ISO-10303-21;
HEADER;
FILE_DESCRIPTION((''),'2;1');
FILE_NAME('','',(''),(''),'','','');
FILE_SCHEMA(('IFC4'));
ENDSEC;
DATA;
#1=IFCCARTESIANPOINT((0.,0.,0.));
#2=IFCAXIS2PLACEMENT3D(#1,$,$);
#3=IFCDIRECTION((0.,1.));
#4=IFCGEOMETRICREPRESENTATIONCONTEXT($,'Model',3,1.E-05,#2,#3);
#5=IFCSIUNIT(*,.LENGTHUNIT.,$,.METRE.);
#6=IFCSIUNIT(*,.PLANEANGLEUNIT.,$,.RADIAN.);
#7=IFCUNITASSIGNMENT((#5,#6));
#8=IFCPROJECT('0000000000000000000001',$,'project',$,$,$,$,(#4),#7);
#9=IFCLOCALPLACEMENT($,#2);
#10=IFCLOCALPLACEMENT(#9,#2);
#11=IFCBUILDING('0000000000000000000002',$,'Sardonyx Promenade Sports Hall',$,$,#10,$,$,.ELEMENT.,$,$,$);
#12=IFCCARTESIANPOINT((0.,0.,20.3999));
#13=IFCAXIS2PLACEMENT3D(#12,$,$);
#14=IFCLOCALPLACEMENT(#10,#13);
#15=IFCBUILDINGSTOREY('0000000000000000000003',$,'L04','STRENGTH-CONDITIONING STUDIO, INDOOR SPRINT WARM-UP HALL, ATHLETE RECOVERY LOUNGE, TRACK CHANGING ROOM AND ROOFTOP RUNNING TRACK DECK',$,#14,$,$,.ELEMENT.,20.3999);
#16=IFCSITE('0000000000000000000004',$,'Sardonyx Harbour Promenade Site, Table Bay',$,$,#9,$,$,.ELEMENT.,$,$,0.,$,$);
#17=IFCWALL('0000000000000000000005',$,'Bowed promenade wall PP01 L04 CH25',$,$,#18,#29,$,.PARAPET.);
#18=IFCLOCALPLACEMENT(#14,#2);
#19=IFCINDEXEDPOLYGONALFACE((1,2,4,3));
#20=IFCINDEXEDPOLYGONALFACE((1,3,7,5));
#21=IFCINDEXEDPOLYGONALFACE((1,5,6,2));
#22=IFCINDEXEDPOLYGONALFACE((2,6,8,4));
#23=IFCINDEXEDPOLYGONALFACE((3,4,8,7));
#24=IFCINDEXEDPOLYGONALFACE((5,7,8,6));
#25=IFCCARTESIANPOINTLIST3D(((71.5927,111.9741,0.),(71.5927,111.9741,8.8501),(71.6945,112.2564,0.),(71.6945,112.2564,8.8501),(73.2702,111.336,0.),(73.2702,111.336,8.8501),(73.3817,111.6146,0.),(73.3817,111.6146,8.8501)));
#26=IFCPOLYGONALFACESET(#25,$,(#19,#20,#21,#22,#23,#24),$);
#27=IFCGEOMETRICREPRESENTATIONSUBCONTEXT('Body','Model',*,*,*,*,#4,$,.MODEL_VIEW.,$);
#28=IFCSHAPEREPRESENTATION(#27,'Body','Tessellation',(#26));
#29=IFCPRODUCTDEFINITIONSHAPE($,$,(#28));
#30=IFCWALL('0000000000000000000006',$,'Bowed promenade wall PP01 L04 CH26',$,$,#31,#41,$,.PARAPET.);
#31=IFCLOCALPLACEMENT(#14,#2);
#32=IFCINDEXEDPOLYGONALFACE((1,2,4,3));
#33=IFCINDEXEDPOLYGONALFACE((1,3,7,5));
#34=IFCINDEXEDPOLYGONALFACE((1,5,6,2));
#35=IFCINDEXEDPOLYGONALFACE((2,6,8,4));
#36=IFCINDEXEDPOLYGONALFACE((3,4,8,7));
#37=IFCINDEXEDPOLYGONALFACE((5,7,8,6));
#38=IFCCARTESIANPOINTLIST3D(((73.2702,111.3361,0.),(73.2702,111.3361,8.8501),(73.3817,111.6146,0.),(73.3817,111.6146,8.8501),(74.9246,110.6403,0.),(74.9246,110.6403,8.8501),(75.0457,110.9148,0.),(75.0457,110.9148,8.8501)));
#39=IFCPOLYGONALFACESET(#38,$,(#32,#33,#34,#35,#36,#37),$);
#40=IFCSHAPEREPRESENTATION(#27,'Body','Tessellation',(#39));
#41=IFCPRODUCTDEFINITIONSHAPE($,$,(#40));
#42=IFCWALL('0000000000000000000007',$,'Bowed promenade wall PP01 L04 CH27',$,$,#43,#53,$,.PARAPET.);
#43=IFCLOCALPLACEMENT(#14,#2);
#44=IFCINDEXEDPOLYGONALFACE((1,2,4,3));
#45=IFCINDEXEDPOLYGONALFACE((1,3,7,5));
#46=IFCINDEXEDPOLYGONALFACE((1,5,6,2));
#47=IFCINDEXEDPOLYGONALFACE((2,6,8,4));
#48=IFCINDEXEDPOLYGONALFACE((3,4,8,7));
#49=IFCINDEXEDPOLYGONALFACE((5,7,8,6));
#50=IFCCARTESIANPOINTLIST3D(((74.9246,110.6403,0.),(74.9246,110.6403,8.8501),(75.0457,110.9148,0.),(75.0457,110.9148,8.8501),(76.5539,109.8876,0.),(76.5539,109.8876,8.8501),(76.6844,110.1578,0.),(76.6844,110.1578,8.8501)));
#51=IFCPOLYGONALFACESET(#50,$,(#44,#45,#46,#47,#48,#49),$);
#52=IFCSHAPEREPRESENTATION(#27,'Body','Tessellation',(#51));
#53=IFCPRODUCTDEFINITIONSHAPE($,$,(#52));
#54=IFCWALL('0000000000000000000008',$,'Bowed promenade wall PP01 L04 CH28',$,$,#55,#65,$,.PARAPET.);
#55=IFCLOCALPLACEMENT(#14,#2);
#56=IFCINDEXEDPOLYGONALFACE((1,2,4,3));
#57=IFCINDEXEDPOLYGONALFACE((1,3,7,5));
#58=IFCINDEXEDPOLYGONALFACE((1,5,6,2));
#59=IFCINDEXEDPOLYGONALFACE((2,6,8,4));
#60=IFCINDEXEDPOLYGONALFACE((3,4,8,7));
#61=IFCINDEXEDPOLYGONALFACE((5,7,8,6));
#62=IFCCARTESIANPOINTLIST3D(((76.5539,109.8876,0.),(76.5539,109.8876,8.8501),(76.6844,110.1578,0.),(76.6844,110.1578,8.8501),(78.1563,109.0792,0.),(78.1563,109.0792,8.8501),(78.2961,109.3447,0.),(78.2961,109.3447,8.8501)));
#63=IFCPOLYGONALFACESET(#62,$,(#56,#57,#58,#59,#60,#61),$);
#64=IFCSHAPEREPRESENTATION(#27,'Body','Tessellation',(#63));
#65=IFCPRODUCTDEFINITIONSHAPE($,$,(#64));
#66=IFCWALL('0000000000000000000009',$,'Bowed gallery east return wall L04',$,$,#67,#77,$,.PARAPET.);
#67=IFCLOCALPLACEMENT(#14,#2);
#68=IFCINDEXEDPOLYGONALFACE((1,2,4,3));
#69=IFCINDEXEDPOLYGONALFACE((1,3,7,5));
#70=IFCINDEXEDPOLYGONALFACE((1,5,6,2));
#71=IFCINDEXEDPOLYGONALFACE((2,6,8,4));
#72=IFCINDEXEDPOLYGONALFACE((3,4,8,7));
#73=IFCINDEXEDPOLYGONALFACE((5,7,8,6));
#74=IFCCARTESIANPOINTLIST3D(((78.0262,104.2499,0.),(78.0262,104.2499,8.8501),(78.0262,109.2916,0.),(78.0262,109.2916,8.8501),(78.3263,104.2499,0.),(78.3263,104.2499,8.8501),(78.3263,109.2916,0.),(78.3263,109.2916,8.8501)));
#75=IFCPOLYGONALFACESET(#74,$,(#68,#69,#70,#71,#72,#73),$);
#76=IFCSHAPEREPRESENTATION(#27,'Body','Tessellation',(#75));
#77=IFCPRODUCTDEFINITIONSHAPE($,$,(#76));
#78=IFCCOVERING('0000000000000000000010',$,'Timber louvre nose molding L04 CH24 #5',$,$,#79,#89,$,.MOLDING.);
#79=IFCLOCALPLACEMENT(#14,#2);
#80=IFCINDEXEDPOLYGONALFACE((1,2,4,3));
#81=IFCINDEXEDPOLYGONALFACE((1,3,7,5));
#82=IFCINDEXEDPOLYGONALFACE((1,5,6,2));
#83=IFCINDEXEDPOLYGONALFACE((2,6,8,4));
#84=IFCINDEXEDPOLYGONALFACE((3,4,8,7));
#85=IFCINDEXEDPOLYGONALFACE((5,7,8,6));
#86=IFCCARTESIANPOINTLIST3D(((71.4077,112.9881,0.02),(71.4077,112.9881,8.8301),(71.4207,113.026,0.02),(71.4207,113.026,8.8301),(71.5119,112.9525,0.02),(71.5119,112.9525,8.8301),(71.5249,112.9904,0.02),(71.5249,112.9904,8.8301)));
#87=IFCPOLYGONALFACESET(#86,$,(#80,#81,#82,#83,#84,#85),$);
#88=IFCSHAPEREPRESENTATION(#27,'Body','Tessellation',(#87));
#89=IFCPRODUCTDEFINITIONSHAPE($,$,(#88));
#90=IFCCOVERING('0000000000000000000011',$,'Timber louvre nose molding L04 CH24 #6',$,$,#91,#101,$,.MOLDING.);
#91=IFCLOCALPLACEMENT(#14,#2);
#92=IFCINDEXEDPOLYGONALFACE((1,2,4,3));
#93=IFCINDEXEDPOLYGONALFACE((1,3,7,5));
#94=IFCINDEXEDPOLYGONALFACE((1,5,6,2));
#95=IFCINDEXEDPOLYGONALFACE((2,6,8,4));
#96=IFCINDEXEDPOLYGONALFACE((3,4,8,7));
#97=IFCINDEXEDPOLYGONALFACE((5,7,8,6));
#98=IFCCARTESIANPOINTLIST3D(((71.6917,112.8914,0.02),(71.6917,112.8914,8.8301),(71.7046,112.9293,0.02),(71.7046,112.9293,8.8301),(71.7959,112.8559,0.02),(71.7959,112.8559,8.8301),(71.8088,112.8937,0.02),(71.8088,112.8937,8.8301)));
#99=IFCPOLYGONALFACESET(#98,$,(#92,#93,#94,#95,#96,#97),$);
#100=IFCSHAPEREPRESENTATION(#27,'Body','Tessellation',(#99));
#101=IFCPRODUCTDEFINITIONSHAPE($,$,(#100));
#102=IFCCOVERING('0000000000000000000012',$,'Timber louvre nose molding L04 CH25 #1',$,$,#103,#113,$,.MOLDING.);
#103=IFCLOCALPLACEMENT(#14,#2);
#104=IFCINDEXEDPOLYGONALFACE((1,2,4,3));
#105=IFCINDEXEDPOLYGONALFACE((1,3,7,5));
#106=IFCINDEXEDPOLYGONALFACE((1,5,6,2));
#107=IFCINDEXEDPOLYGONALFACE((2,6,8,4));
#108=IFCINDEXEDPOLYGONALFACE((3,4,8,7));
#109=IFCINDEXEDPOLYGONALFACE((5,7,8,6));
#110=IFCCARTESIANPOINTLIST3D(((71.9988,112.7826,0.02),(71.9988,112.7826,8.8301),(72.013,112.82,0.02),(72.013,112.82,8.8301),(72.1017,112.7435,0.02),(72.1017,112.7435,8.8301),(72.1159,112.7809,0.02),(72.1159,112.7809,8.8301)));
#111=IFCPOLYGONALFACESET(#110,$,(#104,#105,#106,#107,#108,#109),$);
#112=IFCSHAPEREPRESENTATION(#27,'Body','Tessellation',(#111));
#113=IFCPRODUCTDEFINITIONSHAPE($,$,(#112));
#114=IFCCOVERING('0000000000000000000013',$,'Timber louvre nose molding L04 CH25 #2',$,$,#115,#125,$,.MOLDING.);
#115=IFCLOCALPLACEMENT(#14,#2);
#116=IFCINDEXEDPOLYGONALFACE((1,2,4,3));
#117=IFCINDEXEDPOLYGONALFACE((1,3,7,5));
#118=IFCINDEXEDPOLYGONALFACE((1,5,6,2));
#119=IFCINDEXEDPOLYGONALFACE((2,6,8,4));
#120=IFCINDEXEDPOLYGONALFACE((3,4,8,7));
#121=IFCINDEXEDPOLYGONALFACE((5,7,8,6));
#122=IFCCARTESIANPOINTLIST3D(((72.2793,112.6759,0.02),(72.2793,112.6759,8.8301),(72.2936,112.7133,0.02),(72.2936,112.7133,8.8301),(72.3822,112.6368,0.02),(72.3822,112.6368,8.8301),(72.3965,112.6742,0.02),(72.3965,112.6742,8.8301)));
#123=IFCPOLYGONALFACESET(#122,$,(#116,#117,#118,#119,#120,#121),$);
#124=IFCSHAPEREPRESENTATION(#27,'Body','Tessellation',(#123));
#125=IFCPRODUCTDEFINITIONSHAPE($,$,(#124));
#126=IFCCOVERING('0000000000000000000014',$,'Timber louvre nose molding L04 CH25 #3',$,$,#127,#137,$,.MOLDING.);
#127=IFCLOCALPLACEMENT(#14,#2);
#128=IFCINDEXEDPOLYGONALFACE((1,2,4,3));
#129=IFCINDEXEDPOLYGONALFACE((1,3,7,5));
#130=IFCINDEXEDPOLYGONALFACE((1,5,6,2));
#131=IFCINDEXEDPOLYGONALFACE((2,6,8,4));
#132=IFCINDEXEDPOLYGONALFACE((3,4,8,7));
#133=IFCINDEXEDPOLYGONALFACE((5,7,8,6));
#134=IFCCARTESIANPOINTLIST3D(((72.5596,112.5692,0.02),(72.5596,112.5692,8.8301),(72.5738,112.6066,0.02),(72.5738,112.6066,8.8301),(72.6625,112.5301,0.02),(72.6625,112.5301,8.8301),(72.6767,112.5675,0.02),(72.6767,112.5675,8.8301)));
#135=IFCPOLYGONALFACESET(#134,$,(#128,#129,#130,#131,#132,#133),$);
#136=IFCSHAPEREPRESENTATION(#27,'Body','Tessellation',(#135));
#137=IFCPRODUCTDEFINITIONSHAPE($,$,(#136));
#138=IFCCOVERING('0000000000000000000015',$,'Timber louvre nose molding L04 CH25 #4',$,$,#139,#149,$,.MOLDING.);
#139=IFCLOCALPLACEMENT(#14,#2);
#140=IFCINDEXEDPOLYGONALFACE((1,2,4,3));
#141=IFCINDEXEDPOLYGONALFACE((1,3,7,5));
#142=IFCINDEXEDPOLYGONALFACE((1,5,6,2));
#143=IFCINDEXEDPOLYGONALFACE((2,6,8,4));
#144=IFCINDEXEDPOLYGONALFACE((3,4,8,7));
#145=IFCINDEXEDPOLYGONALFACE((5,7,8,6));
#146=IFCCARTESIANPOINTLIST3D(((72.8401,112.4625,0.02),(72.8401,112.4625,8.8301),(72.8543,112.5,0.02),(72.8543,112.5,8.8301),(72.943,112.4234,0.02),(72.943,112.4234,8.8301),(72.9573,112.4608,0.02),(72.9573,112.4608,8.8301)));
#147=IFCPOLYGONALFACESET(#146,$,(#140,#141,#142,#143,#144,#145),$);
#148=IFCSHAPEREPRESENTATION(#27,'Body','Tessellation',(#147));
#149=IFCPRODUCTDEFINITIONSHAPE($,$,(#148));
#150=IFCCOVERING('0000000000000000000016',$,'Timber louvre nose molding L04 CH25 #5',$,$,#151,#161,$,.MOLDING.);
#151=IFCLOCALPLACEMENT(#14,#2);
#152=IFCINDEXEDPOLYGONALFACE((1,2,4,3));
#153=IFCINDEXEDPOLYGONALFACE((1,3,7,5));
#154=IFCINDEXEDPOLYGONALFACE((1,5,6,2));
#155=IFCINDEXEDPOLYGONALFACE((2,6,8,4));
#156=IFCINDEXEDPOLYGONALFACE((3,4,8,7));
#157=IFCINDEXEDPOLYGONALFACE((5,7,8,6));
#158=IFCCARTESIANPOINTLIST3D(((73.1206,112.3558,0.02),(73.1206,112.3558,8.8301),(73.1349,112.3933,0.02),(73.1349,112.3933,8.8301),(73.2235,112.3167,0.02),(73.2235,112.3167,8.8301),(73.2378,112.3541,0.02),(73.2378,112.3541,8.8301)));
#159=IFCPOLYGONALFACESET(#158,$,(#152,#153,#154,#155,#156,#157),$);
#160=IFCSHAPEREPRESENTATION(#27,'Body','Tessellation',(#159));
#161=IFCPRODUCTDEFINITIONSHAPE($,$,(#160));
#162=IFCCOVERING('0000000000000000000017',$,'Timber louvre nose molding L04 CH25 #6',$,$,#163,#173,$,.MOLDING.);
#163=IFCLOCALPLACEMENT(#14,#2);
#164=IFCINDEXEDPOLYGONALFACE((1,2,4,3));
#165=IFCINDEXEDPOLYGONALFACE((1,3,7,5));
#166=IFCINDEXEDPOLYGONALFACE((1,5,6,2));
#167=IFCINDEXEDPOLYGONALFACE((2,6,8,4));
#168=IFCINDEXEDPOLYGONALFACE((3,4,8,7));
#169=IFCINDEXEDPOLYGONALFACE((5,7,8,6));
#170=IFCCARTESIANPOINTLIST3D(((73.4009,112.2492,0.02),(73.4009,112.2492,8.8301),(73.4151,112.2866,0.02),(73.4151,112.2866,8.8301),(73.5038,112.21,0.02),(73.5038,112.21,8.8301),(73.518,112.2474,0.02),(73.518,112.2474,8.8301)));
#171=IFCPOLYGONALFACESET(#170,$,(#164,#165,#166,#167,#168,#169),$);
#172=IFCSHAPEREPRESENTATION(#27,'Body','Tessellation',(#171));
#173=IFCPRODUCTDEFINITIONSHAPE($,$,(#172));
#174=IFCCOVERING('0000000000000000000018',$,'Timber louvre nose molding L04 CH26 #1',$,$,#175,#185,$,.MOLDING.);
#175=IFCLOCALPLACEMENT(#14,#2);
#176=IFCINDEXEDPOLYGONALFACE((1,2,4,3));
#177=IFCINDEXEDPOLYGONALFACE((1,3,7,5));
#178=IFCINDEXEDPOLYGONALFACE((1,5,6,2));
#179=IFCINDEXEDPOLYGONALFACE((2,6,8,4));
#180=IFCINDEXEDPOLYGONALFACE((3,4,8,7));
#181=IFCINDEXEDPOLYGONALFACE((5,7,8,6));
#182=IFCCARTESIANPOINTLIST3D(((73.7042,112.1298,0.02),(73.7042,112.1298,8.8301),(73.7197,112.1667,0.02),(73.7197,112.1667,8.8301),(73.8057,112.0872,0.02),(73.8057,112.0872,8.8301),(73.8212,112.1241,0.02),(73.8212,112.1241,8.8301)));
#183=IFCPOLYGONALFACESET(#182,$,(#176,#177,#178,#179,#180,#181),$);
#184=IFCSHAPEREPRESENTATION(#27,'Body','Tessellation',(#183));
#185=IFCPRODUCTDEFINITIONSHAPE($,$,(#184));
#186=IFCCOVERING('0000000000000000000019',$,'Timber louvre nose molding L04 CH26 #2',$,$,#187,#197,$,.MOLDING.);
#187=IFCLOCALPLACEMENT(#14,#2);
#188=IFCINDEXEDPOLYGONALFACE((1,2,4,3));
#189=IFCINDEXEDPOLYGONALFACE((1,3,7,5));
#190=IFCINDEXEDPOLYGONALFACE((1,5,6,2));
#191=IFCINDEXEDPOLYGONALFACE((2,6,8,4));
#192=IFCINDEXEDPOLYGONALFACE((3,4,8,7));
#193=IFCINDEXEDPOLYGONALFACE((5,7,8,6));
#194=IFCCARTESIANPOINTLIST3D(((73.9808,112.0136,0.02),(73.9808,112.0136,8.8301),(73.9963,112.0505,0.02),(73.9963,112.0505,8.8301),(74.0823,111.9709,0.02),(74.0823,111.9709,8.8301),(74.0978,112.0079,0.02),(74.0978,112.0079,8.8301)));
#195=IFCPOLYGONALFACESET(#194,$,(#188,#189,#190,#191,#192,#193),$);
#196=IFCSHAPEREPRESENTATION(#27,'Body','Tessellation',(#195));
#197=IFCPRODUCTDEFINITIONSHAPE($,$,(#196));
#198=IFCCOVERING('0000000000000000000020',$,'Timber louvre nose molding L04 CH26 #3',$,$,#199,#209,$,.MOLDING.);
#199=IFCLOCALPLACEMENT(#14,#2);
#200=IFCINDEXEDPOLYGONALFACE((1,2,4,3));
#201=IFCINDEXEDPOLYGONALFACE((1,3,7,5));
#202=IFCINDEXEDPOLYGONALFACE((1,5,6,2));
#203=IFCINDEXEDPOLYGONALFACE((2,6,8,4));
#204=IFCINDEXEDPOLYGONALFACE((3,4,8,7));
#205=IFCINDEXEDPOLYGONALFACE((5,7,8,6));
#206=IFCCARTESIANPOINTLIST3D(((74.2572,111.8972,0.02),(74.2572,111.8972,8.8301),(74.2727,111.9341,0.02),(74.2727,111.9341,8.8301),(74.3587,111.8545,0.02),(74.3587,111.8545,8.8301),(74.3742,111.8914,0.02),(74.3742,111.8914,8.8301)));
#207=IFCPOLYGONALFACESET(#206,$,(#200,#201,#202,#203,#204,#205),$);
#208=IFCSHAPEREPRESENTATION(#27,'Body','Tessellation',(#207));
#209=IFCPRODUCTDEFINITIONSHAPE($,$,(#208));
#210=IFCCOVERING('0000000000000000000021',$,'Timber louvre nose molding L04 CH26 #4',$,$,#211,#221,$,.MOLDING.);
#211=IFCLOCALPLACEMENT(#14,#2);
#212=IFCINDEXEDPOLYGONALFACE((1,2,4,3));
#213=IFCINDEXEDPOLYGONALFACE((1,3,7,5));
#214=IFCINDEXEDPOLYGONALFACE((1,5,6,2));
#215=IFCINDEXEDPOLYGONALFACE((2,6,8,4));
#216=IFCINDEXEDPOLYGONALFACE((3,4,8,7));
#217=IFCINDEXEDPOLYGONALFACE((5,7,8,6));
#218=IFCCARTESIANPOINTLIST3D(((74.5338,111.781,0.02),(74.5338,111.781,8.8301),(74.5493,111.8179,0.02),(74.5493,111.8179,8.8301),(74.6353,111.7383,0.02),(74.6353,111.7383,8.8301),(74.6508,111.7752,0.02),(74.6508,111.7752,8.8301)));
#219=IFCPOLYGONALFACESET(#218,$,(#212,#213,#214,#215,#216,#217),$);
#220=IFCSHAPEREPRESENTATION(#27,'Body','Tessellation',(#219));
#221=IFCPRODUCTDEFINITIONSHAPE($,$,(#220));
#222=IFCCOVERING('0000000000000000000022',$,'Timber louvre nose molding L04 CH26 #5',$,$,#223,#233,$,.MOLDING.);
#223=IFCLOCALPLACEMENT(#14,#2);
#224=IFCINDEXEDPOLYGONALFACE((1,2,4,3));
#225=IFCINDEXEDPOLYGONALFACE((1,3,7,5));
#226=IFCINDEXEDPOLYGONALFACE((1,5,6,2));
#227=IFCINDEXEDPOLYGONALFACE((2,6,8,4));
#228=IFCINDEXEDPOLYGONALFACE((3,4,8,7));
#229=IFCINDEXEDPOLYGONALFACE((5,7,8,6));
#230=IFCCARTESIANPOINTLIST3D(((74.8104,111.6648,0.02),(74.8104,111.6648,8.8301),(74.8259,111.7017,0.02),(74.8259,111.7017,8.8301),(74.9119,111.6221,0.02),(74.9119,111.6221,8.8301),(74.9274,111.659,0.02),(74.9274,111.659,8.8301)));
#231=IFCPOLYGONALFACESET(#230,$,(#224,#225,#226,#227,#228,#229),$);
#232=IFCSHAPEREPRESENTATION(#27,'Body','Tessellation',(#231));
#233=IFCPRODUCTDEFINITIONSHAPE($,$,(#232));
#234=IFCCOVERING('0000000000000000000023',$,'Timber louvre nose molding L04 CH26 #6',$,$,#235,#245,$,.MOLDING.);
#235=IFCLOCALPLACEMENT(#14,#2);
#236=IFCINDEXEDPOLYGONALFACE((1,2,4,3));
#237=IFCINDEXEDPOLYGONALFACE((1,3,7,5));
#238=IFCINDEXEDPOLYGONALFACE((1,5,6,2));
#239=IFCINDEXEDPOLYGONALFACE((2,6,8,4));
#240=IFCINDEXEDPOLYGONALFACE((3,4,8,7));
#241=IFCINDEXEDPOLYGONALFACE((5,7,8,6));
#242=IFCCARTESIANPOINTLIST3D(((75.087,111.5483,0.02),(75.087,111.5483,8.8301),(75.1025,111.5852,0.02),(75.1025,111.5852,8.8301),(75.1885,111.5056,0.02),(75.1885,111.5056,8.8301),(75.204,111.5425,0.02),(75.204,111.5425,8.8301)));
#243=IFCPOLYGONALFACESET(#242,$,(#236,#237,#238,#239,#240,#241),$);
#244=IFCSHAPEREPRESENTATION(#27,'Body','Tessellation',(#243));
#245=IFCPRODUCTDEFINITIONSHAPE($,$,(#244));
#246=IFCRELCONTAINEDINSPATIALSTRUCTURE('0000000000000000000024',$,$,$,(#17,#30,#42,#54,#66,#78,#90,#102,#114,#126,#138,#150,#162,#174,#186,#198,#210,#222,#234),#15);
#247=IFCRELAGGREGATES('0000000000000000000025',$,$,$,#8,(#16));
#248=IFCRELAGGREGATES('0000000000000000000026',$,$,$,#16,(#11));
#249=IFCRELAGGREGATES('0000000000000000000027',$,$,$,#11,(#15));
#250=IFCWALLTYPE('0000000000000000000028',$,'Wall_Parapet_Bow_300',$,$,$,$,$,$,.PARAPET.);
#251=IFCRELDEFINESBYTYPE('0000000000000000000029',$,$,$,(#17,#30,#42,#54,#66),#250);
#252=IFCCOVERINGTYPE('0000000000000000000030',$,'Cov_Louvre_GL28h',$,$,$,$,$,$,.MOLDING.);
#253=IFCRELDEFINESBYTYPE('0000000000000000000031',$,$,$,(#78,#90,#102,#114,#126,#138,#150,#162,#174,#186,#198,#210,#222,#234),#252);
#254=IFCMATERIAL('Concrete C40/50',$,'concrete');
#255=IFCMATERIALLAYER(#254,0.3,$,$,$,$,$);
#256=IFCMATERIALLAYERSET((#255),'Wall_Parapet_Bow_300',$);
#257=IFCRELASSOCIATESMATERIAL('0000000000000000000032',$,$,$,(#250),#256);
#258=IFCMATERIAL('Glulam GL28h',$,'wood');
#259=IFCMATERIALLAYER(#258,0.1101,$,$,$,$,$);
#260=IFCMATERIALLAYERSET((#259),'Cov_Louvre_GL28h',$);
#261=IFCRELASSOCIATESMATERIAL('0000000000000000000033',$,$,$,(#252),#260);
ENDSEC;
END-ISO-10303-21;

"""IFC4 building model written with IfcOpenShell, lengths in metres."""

from ifc_helpers import new_model, si_unit, direction, frame, frame_2d, origin, origin_2d, place, context, subcontext, project, spatial, polyline, rectangle, outline, extrude, material, layer, layer_set, type_object, element, save


model = new_model("IFC4")

# Units and contexts
model_context = context("Model", 3, precision=1e-05, world=origin(), true_north=direction((0.0, 1.0)))
body_context = subcontext(model_context, "Body", "Model", "MODEL_VIEW")
ifc_project = project(units=[si_unit("LENGTHUNIT", "METRE"), si_unit("PLANEANGLEUNIT", "RADIAN")], contexts=[model_context])

# Site, building, storey
site_placement = place(None, origin())
site = spatial("IfcSite", under=ifc_project, at=site_placement, Name="Sardonyx Harbour Promenade Site, Table Bay", CompositionType="ELEMENT", RefElevation=0.0)
building_placement = place(site_placement, origin())
building = spatial("IfcBuilding", under=site, at=building_placement, Name="Sardonyx Promenade Sports Hall", CompositionType="ELEMENT")
storey_placement = place(building_placement, frame((0.0, 0.0, 20.3999)))
storey = spatial("IfcBuildingStorey", under=building, at=storey_placement, Name="L04", Description="STRENGTH-CONDITIONING STUDIO, INDOOR SPRINT WARM-UP HALL, ATHLETE RECOVERY LOUNGE, TRACK CHANGING ROOM AND ROOFTOP RUNNING TRACK DECK", CompositionType="ELEMENT", Elevation=20.3999)

# Walls
ifc_material_1 = material(Name="Concrete C40/50", Category="concrete")
ifc_layer_1 = layer(ifc_material_1, 0.3)
ifc_layer_set_1 = layer_set([ifc_layer_1], Name="Wall_Parapet_Bow_300")
wall_type = type_object("IfcWallType", Name="Wall_Parapet_Bow_300", PredefinedType="PARAPET", material=ifc_layer_set_1)
for number, where, z_axis, x_axis, name in (
    (1, (71.6436, 112.1152, 0.0), (0.0, 0.0, 1.0), (0.934675, -0.355505, 0.0), "Bowed promenade wall PP01 L04 CH25"),
    (2, (73.3259, 111.4753, 0.0), (0.0, 0.0, 1.0), (0.921804, -0.387657, 0.0), "Bowed promenade wall PP01 L04 CH26"),
    (3, (74.9851, 110.7776, 0.0), (0.0, 0.0, 1.0), (0.907808, -0.419385, 0.0), "Bowed promenade wall PP01 L04 CH27"),
):
    element("IfcWall", number, at=place(storey_placement, frame(where, z_axis=z_axis, x_axis=x_axis)), inside=storey, type_object=wall_type, Name=name, PredefinedType="PARAPET", context=body_context, shape_type="SweptSolid", body=[
        extrude(outline(polyline([(0.0026, -0.15), (1.7974, -0.15), (1.8026, 0.15), (-0.0026, 0.15), (0.0026, -0.15)])), origin(), (0.0, 0.0, 1.0), 8.8501),
    ])
wall_1_placement = place(storey_placement, frame((76.6191, 110.0227, 0.0), z_axis=(0.0, 0.0, 1.0), x_axis=(0.892821, -0.450411, 0.0)))
element("IfcWall", 4, at=wall_1_placement, inside=storey, type_object=wall_type, Name="Bowed promenade wall PP01 L04 CH28", PredefinedType="PARAPET", context=body_context, shape_type="SweptSolid", body=[
    extrude(outline(polyline([(0.0026, -0.15), (1.7974, -0.15), (1.8026, 0.15), (-0.0026, 0.15), (0.0026, -0.15)])), origin(), (0.0, 0.0, 1.0), 8.8501),
])
wall_2_placement = place(storey_placement, frame((78.1763, 109.2917, 0.0), z_axis=(0.0, 0.0, 1.0), x_axis=(0.0, -1.0, 0.0)))
element("IfcWall", 5, at=wall_2_placement, inside=storey, type_object=wall_type, Name="Bowed gallery east return wall L04", PredefinedType="PARAPET", context=body_context, shape_type="SweptSolid", body=[
    extrude(rectangle(XDim=5.0417, YDim=0.3, at=frame_2d((2.521, 0.0))), origin(), (0.0, 0.0, 1.0), 8.8501),
])

# Coverings
ifc_material_2 = material(Name="Glulam GL28h", Category="wood")
ifc_layer_2 = layer(ifc_material_2, 0.1101)
ifc_layer_set_2 = layer_set([ifc_layer_2], Name="Cov_Louvre_GL28h")
covering_type = type_object("IfcCoveringType", Name="Cov_Louvre_GL28h", PredefinedType="MOLDING", material=ifc_layer_set_2)
for number, where, z_axis, x_axis, name in (
    (6, (71.4663, 112.9893, 0.02), (0.0, 0.0, 1.0), (0.946411, -0.322966, 0.0), "Timber louvre nose molding L04 CH24 #5"),
    (7, (71.7502, 112.8926, 0.02), (0.0, 0.0, 1.0), (0.946411, -0.322966, 0.0), "Timber louvre nose molding L04 CH24 #6"),
    (8, (72.0574, 112.7817, 0.02), (0.0, 0.0, 1.0), (0.934666, -0.355528, 0.0), "Timber louvre nose molding L04 CH25 #1"),
    (9, (72.3379, 112.675, 0.02), (0.0, 0.0, 1.0), (0.934666, -0.355528, 0.0), "Timber louvre nose molding L04 CH25 #2"),
    (10, (72.6182, 112.5684, 0.02), (0.0, 0.0, 1.0), (0.934666, -0.355528, 0.0), "Timber louvre nose molding L04 CH25 #3"),
    (11, (72.8987, 112.4617, 0.02), (0.0, 0.0, 1.0), (0.934666, -0.355528, 0.0), "Timber louvre nose molding L04 CH25 #4"),
    (12, (73.1792, 112.355, 0.02), (0.0, 0.0, 1.0), (0.934666, -0.355528, 0.0), "Timber louvre nose molding L04 CH25 #5"),
    (13, (73.4595, 112.2483, 0.02), (0.0, 0.0, 1.0), (0.934666, -0.355528, 0.0), "Timber louvre nose molding L04 CH25 #6"),
    (14, (73.7627, 112.127, 0.02), (0.0, 0.0, 1.0), (0.9218, -0.387665, 0.0), "Timber louvre nose molding L04 CH26 #1"),
    (15, (74.0393, 112.0107, 0.02), (0.0, 0.0, 1.0), (0.9218, -0.387665, 0.0), "Timber louvre nose molding L04 CH26 #2"),
    (16, (74.3157, 111.8943, 0.02), (0.0, 0.0, 1.0), (0.9218, -0.387665, 0.0), "Timber louvre nose molding L04 CH26 #3"),
    (17, (74.5923, 111.7781, 0.02), (0.0, 0.0, 1.0), (0.9218, -0.387665, 0.0), "Timber louvre nose molding L04 CH26 #4"),
    (18, (74.8689, 111.6619, 0.02), (0.0, 0.0, 1.0), (0.9218, -0.387665, 0.0), "Timber louvre nose molding L04 CH26 #5"),
    (19, (75.1455, 111.5454, 0.02), (0.0, 0.0, 1.0), (0.9218, -0.387665, 0.0), "Timber louvre nose molding L04 CH26 #6"),
):
    element("IfcCovering", number, at=place(storey_placement, frame(where, z_axis=z_axis, x_axis=x_axis)), inside=storey, type_object=covering_type, Name=name, PredefinedType="MOLDING", context=body_context, shape_type="SweptSolid", body=[
        extrude(rectangle(XDim=0.1101, YDim=0.04, at=origin_2d()), origin(), (0.0, 0.0, 1.0), 8.8101),
    ])

save(model, "model.ifc")
